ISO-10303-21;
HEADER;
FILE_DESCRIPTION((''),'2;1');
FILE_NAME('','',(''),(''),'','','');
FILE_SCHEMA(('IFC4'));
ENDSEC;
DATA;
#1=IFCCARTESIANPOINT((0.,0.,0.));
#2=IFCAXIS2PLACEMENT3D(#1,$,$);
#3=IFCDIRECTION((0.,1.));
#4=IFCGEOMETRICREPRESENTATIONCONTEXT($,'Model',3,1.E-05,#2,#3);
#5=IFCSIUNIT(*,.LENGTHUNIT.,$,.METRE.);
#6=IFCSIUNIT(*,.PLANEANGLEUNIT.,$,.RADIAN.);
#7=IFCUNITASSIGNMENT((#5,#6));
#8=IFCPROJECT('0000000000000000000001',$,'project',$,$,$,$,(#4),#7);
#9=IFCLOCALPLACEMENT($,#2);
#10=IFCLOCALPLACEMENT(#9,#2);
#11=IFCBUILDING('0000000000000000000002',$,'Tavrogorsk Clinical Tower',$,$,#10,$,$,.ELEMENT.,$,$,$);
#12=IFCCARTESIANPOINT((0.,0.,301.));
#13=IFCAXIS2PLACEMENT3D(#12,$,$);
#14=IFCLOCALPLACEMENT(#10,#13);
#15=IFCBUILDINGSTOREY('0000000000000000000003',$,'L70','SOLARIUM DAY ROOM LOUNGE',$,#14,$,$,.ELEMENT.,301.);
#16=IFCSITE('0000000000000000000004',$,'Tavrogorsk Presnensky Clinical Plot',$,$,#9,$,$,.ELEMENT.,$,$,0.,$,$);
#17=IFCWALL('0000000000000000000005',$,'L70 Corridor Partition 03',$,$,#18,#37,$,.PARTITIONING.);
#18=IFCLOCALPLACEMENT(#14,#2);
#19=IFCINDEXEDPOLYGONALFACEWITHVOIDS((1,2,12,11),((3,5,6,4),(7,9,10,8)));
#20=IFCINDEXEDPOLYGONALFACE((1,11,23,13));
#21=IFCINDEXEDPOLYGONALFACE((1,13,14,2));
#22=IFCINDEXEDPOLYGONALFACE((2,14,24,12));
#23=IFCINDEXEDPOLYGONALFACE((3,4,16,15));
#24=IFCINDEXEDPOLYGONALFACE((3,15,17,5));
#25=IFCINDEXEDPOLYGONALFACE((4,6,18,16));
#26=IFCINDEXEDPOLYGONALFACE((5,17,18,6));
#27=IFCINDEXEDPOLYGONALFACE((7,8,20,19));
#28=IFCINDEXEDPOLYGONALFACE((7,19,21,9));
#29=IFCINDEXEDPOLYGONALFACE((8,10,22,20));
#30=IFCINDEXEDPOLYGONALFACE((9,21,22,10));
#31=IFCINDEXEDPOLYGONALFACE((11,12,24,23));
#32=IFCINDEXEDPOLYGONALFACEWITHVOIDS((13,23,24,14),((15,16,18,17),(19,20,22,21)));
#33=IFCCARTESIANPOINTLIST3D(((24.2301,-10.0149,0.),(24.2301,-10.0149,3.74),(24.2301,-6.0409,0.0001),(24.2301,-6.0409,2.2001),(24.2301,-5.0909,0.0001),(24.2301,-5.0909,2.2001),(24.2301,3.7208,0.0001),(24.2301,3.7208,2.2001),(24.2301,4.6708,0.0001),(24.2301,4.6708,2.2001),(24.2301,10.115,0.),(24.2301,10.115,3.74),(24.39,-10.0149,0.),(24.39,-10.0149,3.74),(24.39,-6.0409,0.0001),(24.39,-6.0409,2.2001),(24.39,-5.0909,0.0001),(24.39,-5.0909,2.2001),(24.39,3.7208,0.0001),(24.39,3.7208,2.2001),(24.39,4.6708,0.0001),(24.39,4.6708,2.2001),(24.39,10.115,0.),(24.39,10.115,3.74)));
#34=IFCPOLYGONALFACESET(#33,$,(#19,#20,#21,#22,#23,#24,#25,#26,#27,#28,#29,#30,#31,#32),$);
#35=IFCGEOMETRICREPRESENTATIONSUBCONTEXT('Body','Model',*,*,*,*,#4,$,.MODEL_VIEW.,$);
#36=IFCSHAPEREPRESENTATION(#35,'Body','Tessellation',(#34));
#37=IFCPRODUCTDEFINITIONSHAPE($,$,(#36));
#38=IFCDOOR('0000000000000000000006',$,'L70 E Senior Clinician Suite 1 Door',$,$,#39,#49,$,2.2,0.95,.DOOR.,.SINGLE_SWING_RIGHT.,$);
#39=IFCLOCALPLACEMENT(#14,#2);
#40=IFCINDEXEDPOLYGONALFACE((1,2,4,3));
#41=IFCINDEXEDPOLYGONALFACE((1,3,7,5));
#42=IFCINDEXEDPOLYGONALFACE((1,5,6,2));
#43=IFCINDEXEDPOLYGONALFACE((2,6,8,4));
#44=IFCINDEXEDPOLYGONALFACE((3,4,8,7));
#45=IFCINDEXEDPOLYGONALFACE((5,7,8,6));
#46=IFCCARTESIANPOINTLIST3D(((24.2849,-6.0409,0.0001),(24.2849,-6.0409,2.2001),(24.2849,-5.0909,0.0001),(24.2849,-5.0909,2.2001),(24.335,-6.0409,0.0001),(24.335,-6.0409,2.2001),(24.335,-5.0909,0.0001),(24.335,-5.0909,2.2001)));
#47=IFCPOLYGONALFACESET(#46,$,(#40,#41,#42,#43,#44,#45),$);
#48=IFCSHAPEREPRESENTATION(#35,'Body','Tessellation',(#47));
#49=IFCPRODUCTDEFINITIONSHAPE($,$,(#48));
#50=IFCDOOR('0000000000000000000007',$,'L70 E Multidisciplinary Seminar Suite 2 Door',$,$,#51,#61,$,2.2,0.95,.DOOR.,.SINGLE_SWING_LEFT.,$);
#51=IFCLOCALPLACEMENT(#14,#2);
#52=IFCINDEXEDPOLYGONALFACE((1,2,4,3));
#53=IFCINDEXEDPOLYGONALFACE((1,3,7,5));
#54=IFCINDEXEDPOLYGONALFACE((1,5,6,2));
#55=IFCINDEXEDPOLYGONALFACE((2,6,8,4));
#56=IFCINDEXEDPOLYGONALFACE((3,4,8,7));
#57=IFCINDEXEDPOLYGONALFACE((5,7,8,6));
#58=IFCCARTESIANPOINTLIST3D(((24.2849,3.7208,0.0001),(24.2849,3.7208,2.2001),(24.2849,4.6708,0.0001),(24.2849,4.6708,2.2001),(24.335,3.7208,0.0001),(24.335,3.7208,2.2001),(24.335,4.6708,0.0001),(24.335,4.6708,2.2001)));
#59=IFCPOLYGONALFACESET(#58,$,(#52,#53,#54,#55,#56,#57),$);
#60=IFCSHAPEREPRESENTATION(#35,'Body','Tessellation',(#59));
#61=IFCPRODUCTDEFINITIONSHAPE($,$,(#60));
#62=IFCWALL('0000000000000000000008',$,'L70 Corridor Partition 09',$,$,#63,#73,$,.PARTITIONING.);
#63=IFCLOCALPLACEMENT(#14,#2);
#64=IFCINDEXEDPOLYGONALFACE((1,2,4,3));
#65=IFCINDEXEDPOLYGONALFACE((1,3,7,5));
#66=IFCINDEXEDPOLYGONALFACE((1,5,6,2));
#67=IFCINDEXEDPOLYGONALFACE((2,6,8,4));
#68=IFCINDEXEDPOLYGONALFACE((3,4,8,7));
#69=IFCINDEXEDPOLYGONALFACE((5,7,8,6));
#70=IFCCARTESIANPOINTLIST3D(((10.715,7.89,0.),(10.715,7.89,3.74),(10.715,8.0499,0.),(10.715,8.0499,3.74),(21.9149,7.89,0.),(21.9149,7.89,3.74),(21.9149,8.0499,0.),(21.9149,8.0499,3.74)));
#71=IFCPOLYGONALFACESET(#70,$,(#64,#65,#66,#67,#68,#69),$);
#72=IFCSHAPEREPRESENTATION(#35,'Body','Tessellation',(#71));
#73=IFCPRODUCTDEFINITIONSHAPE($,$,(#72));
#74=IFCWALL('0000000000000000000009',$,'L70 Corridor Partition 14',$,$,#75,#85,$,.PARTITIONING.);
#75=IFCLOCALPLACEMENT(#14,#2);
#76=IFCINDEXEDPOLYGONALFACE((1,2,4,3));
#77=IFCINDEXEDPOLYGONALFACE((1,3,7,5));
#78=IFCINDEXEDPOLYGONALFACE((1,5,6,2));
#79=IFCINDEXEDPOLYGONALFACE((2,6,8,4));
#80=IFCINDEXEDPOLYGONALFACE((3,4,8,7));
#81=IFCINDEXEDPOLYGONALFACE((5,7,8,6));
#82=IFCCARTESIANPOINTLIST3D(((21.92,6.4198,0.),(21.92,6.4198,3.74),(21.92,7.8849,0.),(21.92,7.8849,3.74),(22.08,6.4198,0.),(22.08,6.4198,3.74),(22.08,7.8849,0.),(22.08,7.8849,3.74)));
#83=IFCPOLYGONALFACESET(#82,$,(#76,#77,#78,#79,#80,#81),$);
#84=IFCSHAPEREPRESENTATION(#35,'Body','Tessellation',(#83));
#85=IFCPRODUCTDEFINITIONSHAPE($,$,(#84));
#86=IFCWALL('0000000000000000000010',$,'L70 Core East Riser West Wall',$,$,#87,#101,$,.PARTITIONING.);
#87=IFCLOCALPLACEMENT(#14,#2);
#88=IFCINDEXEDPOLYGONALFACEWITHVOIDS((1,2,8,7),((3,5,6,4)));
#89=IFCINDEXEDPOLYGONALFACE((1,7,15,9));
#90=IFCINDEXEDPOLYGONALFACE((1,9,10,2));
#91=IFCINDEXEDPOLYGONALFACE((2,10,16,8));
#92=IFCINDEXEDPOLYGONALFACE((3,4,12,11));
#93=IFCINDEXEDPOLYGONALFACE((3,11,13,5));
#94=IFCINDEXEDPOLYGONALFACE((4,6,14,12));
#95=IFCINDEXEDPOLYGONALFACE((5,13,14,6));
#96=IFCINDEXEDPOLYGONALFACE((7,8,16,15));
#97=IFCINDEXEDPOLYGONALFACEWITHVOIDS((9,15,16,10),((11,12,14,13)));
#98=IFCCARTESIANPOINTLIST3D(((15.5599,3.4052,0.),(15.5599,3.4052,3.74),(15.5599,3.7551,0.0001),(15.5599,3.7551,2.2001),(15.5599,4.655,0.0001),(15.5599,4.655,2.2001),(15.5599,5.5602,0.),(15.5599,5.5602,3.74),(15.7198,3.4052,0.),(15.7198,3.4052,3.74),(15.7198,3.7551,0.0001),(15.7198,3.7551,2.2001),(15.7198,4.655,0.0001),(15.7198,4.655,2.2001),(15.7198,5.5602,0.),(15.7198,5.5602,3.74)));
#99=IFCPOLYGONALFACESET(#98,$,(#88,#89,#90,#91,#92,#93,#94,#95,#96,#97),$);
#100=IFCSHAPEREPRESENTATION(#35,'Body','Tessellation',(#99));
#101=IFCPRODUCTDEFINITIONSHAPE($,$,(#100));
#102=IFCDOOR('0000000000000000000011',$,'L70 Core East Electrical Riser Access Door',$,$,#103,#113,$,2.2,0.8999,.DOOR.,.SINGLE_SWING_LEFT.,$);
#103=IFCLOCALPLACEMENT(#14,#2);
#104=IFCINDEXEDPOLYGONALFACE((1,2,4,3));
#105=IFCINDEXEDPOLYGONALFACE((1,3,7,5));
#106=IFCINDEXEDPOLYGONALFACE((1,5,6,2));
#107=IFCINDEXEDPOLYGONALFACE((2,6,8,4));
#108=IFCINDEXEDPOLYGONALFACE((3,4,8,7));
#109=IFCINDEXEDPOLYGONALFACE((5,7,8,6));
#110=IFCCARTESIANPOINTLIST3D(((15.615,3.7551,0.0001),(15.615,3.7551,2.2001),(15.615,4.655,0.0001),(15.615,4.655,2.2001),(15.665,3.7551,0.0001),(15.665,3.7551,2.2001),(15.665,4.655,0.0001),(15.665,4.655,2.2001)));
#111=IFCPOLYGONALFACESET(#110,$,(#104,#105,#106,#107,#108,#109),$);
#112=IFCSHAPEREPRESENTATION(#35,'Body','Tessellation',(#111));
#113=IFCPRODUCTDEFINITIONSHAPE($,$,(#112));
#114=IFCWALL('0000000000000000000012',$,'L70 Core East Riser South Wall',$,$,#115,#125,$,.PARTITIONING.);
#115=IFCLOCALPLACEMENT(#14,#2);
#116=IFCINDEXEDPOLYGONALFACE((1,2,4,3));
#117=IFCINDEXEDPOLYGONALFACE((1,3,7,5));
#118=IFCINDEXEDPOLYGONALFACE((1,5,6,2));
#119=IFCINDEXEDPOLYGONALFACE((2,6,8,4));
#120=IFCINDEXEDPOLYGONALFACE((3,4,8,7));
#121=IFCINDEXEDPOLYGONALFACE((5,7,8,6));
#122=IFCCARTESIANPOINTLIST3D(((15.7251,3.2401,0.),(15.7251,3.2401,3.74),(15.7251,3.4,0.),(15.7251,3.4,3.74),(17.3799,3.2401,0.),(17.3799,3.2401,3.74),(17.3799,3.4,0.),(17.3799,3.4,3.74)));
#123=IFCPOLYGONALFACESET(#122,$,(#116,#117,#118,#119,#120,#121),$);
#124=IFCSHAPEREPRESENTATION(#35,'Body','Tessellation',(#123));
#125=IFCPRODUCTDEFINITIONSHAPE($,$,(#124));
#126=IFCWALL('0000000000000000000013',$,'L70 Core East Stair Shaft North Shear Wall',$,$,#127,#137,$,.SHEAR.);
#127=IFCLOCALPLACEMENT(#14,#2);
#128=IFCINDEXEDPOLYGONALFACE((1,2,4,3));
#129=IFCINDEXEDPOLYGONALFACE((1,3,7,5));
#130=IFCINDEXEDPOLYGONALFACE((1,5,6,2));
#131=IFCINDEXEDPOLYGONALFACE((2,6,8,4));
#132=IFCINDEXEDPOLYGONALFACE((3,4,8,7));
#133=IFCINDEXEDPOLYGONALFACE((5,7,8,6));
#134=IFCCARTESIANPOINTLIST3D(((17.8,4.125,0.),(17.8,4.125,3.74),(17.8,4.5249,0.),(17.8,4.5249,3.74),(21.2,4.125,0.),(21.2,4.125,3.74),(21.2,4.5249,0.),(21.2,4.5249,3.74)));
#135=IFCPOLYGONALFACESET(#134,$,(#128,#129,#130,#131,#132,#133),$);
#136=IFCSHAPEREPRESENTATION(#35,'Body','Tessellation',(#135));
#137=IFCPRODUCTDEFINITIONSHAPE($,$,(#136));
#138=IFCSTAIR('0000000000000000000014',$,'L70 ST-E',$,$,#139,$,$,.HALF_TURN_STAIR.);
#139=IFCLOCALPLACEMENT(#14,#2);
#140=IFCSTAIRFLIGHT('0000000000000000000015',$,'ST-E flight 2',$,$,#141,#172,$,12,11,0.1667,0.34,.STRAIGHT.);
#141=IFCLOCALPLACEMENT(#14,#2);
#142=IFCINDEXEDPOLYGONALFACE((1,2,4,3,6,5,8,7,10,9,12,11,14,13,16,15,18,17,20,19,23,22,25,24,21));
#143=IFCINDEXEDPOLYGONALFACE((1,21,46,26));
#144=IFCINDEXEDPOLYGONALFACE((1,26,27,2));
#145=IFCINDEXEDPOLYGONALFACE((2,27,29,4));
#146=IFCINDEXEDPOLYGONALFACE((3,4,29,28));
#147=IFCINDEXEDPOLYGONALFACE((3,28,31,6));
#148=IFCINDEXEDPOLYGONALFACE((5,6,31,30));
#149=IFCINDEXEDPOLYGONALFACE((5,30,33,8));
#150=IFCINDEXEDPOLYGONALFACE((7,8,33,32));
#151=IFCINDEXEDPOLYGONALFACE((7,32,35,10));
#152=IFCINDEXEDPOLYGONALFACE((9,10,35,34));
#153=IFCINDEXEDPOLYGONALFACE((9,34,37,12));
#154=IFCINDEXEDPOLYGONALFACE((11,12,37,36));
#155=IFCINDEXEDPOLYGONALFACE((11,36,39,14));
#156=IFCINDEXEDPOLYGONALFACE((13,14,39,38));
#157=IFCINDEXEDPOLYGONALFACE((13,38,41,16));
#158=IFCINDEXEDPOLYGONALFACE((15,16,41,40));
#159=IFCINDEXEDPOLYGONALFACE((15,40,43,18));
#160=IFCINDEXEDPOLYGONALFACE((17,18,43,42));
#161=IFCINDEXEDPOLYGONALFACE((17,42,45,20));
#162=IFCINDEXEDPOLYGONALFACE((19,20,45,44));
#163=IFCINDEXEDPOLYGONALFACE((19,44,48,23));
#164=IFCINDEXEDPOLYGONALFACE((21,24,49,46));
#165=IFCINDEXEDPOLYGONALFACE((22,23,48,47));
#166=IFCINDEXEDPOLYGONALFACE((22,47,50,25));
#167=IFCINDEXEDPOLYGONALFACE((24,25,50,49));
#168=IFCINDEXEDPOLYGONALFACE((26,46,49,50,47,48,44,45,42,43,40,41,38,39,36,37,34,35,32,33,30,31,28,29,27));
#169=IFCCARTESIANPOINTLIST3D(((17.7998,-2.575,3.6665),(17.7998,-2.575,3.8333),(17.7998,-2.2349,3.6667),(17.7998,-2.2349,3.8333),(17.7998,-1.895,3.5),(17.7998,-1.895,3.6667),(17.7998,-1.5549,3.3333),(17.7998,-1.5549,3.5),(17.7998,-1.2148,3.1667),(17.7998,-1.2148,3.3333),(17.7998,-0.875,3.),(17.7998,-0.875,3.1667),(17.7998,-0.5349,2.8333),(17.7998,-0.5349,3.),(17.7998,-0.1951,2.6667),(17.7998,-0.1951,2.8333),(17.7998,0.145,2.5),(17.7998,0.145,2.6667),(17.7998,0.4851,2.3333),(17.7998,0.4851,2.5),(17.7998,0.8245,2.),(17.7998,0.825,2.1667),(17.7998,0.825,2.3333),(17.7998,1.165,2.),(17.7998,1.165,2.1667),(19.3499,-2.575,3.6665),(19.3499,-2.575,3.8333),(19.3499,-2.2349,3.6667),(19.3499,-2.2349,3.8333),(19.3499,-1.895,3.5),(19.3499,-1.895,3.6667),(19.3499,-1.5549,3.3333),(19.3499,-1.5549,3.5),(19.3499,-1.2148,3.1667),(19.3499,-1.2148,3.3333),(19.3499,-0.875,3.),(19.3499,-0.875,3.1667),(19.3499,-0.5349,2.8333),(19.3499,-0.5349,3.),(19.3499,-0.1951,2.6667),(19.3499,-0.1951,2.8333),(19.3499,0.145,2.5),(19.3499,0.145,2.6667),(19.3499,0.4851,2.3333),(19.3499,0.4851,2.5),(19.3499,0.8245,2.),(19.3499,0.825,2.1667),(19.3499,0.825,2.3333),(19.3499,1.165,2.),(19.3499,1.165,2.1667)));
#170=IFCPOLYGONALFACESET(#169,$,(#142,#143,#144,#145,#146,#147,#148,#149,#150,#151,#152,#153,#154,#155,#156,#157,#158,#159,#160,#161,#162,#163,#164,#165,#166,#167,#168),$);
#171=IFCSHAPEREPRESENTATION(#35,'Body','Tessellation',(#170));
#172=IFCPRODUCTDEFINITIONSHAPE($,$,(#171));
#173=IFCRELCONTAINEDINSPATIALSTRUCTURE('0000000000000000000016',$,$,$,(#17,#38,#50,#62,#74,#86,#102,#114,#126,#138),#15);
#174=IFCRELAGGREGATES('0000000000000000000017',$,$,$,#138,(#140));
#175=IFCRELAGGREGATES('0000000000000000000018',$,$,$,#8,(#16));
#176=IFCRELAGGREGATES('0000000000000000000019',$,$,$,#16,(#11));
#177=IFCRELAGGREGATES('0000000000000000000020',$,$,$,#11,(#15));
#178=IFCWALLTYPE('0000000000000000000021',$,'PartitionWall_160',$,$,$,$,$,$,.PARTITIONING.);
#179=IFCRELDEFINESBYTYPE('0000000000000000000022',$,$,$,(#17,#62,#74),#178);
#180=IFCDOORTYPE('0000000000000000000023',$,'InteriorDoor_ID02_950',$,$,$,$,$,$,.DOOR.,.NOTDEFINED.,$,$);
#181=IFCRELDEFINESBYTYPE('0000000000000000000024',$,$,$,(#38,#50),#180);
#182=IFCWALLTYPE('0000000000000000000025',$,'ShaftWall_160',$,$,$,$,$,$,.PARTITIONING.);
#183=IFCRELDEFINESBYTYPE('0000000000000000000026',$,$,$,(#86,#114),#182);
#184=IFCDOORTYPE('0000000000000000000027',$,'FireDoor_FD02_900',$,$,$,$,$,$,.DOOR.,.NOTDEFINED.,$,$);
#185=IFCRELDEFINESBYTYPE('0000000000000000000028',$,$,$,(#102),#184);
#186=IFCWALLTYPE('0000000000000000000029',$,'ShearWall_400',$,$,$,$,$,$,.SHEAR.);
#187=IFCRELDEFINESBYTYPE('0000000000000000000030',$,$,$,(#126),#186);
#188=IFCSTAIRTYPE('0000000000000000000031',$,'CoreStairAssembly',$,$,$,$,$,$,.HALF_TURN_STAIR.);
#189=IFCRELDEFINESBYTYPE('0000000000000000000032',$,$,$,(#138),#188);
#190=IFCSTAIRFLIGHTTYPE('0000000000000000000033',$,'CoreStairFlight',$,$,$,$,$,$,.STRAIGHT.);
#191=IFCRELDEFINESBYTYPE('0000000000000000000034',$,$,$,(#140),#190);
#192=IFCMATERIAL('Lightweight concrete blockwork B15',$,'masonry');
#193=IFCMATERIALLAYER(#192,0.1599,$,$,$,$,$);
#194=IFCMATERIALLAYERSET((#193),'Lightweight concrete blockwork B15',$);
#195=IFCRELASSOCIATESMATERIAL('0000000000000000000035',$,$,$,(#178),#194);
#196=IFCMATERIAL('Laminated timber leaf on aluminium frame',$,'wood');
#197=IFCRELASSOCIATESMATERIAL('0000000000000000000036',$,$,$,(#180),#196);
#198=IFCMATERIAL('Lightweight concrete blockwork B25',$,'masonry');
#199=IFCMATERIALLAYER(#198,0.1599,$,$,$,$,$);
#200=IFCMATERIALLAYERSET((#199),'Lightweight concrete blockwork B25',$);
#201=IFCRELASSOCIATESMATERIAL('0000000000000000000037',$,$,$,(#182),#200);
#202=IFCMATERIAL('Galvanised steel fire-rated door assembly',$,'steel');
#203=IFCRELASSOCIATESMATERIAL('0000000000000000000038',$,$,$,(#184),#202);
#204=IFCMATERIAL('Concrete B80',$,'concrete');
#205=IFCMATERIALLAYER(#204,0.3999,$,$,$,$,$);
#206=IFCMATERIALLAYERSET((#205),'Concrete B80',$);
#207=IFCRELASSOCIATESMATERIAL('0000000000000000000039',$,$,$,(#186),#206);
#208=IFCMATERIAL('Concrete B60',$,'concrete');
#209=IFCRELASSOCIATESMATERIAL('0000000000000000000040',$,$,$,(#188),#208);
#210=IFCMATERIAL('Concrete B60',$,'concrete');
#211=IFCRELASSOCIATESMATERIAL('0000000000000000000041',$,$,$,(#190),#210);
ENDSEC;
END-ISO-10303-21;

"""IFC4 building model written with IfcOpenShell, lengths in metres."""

from ifc_helpers import new_model, si_unit, direction, frame, frame_2d, origin, place, context, subcontext, project, spatial, polyline, rectangle, outline, extrude, material, layer, layer_set, type_object, element, fill, aggregate, save


model = new_model("IFC4")

# Units and contexts
model_context = context("Model", 3, precision=1e-05, world=origin(), true_north=direction((0.0, 1.0)))
body_context = subcontext(model_context, "Body", "Model", "MODEL_VIEW")
ifc_project = project(units=[si_unit("LENGTHUNIT", "METRE"), si_unit("PLANEANGLEUNIT", "RADIAN")], contexts=[model_context])

# Site, building, storey
site_placement = place(None, origin())
site = spatial("IfcSite", under=ifc_project, at=site_placement, Name="Tavrogorsk Presnensky Clinical Plot", CompositionType="ELEMENT", RefElevation=0.0)
building_placement = place(site_placement, origin())
building = spatial("IfcBuilding", under=site, at=building_placement, Name="Tavrogorsk Clinical Tower", CompositionType="ELEMENT")
storey_placement = place(building_placement, frame((0.0, 0.0, 301.0)))
storey = spatial("IfcBuildingStorey", under=building, at=storey_placement, Name="L70", Description="SOLARIUM DAY ROOM LOUNGE", CompositionType="ELEMENT", Elevation=301.0)

# Wall, openings, doors
ifc_material_1 = material(Name="Lightweight concrete blockwork B15", Category="masonry")
ifc_layer_1 = layer(ifc_material_1, 0.1599)
ifc_layer_set_1 = layer_set([ifc_layer_1], Name="Lightweight concrete blockwork B15")
wall_type_1 = type_object("IfcWallType", Name="PartitionWall_160", PredefinedType="PARTITIONING", material=ifc_layer_set_1)
wall_1_placement = place(storey_placement, frame((24.3101, 10.115, 0.0), z_axis=(0.0, 0.0, 1.0), x_axis=(0.0, -1.0, 0.0)))
wall_1 = element("IfcWall", 1, at=wall_1_placement, inside=storey, type_object=wall_type_1, Name="L70 Corridor Partition 03", PredefinedType="PARTITIONING", context=body_context, shape_type="SweptSolid", body=[
    extrude(rectangle(XDim=20.1299, YDim=0.1599, at=frame_2d((10.0649, 0.0))), origin(), (0.0, 0.0, 1.0), 3.74),
])
opening_1_placement = place(wall_1_placement, frame((15.2058, 0.0, 0.0)))
opening_1 = element("IfcOpeningElement", 2, at=opening_1_placement, cuts=wall_1, PredefinedType="OPENING", context=body_context, shape_type="SweptSolid", body=[
    extrude(rectangle(XDim=0.95, YDim=2.2, at=frame_2d((0.4751, 1.1001))), frame((0.0, 0.0898, 0.0), z_axis=(0.0, -1.0, 0.0), x_axis=(1.0, 0.0, 0.0)), (0.0, 0.0, 1.0), 0.1799),
])
opening_2_placement = place(wall_1_placement, frame((5.4441, 0.0, 0.0)))
opening_2 = element("IfcOpeningElement", 3, at=opening_2_placement, cuts=wall_1, PredefinedType="OPENING", context=body_context, shape_type="SweptSolid", body=[
    extrude(rectangle(XDim=0.95, YDim=2.2, at=frame_2d((0.4751, 1.1001))), frame((0.0, 0.0898, 0.0), z_axis=(0.0, -1.0, 0.0), x_axis=(1.0, 0.0, 0.0)), (0.0, 0.0, 1.0), 0.1799),
])
ifc_material_2 = material(Name="Laminated timber leaf on aluminium frame", Category="wood")
door_type_1 = type_object("IfcDoorType", Name="InteriorDoor_ID02_950", OperationType="NOTDEFINED", PredefinedType="DOOR", material=ifc_material_2)
door_1_placement = place(opening_1_placement, origin())
door_1 = element("IfcDoor", 4, at=door_1_placement, inside=storey, type_object=door_type_1, Name="L70 E Senior Clinician Suite 1 Door", OperationType="SINGLE_SWING_RIGHT", OverallHeight=2.2, OverallWidth=0.95, PredefinedType="DOOR", context=body_context, shape_type="SweptSolid", body=[
    extrude(rectangle(XDim=0.95, YDim=2.2, at=frame_2d((0.4751, 1.1001))), frame((0.0, 0.0249, 0.0), z_axis=(0.0, -1.0, 0.0), x_axis=(1.0, 0.0, 0.0)), (0.0, 0.0, 1.0), 0.05),
])
fill(opening_1, door_1)
door_2_placement = place(opening_2_placement, origin())
door_2 = element("IfcDoor", 5, at=door_2_placement, inside=storey, type_object=door_type_1, Name="L70 E Multidisciplinary Seminar Suite 2 Door", OperationType="SINGLE_SWING_LEFT", OverallHeight=2.2, OverallWidth=0.95, PredefinedType="DOOR", context=body_context, shape_type="SweptSolid", body=[
    extrude(rectangle(XDim=0.95, YDim=2.2, at=frame_2d((0.4751, 1.1001))), frame((0.0, 0.0249, 0.0), z_axis=(0.0, -1.0, 0.0), x_axis=(1.0, 0.0, 0.0)), (0.0, 0.0, 1.0), 0.05),
])
fill(opening_2, door_2)

# Walls
wall_2_placement = place(storey_placement, frame((21.915, 7.97, 0.0), z_axis=(0.0, 0.0, 1.0), x_axis=(-1.0, 0.0, 0.0)))
element("IfcWall", 6, at=wall_2_placement, inside=storey, type_object=wall_type_1, Name="L70 Corridor Partition 09", PredefinedType="PARTITIONING", context=body_context, shape_type="SweptSolid", body=[
    extrude(rectangle(XDim=11.2, YDim=0.1599, at=frame_2d((5.6001, 0.0))), origin(), (0.0, 0.0, 1.0), 3.74),
])
wall_3_placement = place(storey_placement, frame((22.0, 6.4199, 0.0), z_axis=(0.0, 0.0, 1.0), x_axis=(0.0, 1.0, 0.0)))
element("IfcWall", 7, at=wall_3_placement, inside=storey, type_object=wall_type_1, Name="L70 Corridor Partition 14", PredefinedType="PARTITIONING", context=body_context, shape_type="SweptSolid", body=[
    extrude(rectangle(XDim=1.4651, YDim=0.1599, at=frame_2d((0.7324, 0.0))), origin(), (0.0, 0.0, 1.0), 3.74),
])

# Wall, opening, door
ifc_material_3 = material(Name="Lightweight concrete blockwork B25", Category="masonry")
ifc_layer_2 = layer(ifc_material_3, 0.1599)
ifc_layer_set_2 = layer_set([ifc_layer_2], Name="Lightweight concrete blockwork B25")
wall_type_2 = type_object("IfcWallType", Name="ShaftWall_160", PredefinedType="PARTITIONING", material=ifc_layer_set_2)
wall_4_placement = place(storey_placement, frame((15.6399, 3.405, 0.0), z_axis=(0.0, 0.0, 1.0), x_axis=(0.0, 1.0, 0.0)))
wall_4 = element("IfcWall", 8, at=wall_4_placement, inside=storey, type_object=wall_type_2, Name="L70 Core East Riser West Wall", PredefinedType="PARTITIONING", context=body_context, shape_type="SweptSolid", body=[
    extrude(rectangle(XDim=2.155, YDim=0.1599, at=frame_2d((1.0776, 0.0))), origin(), (0.0, 0.0, 1.0), 3.74),
])
opening_3_placement = place(wall_4_placement, frame((0.3501, 0.0, 0.0)))
opening_3 = element("IfcOpeningElement", 9, at=opening_3_placement, cuts=wall_4, PredefinedType="OPENING", context=body_context, shape_type="SweptSolid", body=[
    extrude(rectangle(XDim=0.8999, YDim=2.2, at=frame_2d((0.45, 1.1001))), frame((0.0, 0.0898, 0.0), z_axis=(0.0, -1.0, 0.0), x_axis=(1.0, 0.0, 0.0)), (0.0, 0.0, 1.0), 0.1799),
])
ifc_material_4 = material(Name="Galvanised steel fire-rated door assembly", Category="steel")
door_type_2 = type_object("IfcDoorType", Name="FireDoor_FD02_900", OperationType="NOTDEFINED", PredefinedType="DOOR", material=ifc_material_4)
door_3_placement = place(opening_3_placement, origin())
door_3 = element("IfcDoor", 10, at=door_3_placement, inside=storey, type_object=door_type_2, Name="L70 Core East Electrical Riser Access Door", OperationType="SINGLE_SWING_LEFT", OverallHeight=2.2, OverallWidth=0.8999, PredefinedType="DOOR", context=body_context, shape_type="SweptSolid", body=[
    extrude(rectangle(XDim=0.8999, YDim=2.2, at=frame_2d((0.45, 1.1001))), frame((0.0, 0.0249, 0.0), z_axis=(0.0, -1.0, 0.0), x_axis=(1.0, 0.0, 0.0)), (0.0, 0.0, 1.0), 0.05),
])
fill(opening_3, door_3)

# Walls
wall_5_placement = place(storey_placement, frame((15.7251, 3.3201, 0.0), z_axis=(0.0, 0.0, 1.0), x_axis=(1.0, 0.0, 0.0)))
element("IfcWall", 11, at=wall_5_placement, inside=storey, type_object=wall_type_2, Name="L70 Core East Riser South Wall", PredefinedType="PARTITIONING", context=body_context, shape_type="SweptSolid", body=[
    extrude(rectangle(XDim=1.6548, YDim=0.1599, at=frame_2d((0.8274, 0.0))), origin(), (0.0, 0.0, 1.0), 3.74),
])
ifc_material_5 = material(Name="Concrete B80", Category="concrete")
ifc_layer_3 = layer(ifc_material_5, 0.3999)
ifc_layer_set_3 = layer_set([ifc_layer_3], Name="Concrete B80")
wall_type_3 = type_object("IfcWallType", Name="ShearWall_400", PredefinedType="SHEAR", material=ifc_layer_set_3)
wall_6_placement = place(storey_placement, frame((17.8, 4.325, 0.0), z_axis=(0.0, 0.0, 1.0), x_axis=(1.0, 0.0, 0.0)))
element("IfcWall", 12, at=wall_6_placement, inside=storey, type_object=wall_type_3, Name="L70 Core East Stair Shaft North Shear Wall", PredefinedType="SHEAR", context=body_context, shape_type="SweptSolid", body=[
    extrude(rectangle(XDim=3.3999, YDim=0.3999, at=frame_2d((1.7, 0.0))), origin(), (0.0, 0.0, 1.0), 3.74),
])

# Stair, stair flight
ifc_material_6 = material(Name="Concrete B60", Category="concrete")
stair_type = type_object("IfcStairType", Name="CoreStairAssembly", PredefinedType="HALF_TURN_STAIR", material=ifc_material_6)
stair_placement = place(storey_placement, origin())
stair = element("IfcStair", 13, at=stair_placement, inside=storey, type_object=stair_type, Name="L70 ST-E", PredefinedType="HALF_TURN_STAIR")
ifc_material_7 = material(Name="Concrete B60", Category="concrete")
stair_flight_type = type_object("IfcStairFlightType", Name="CoreStairFlight", PredefinedType="STRAIGHT", material=ifc_material_7)
stair_flight_placement = place(storey_placement, frame((18.575, 1.165, 2.0), z_axis=(0.0, 0.0, 1.0), x_axis=(0.0, -1.0, 0.0)))
stair_flight = element("IfcStairFlight", 14, at=stair_flight_placement, type_object=stair_flight_type, Name="ST-E flight 2", NumberOfRisers=12, NumberOfTreads=11, PredefinedType="STRAIGHT", RiserHeight=0.1667, TreadLength=0.34, context=body_context, shape_type="SweptSolid", body=[
    extrude(outline(polyline([(0.0, 0.0), (0.0, 0.1667), (0.3401, 0.1667), (0.3401, 0.3333), (0.6799, 0.3333), (0.6799, 0.5), (1.02, 0.5), (1.02, 0.6667), (1.3601, 0.6667), (1.3601, 0.8333), (1.7, 0.8333), (1.7, 1.0), (2.04, 1.0), (2.04, 1.1667), (2.3799, 1.1667), (2.3799, 1.3333), (2.72, 1.3333), (2.72, 1.5), (3.0601, 1.5), (3.0601, 1.6667), (3.3999, 1.6667), (3.3999, 1.8333), (3.74, 1.8333), (3.74, 2.0), (3.74, 1.6665), (0.3406, 0.0), (0.0, 0.0)])), frame((0.0, 0.7749, 0.0), z_axis=(0.0, -1.0, 0.0), x_axis=(1.0, 0.0, 0.0)), (0.0, 0.0, 1.0), 1.55),
])
aggregate(stair, [stair_flight])

save(model, "model.ifc")
